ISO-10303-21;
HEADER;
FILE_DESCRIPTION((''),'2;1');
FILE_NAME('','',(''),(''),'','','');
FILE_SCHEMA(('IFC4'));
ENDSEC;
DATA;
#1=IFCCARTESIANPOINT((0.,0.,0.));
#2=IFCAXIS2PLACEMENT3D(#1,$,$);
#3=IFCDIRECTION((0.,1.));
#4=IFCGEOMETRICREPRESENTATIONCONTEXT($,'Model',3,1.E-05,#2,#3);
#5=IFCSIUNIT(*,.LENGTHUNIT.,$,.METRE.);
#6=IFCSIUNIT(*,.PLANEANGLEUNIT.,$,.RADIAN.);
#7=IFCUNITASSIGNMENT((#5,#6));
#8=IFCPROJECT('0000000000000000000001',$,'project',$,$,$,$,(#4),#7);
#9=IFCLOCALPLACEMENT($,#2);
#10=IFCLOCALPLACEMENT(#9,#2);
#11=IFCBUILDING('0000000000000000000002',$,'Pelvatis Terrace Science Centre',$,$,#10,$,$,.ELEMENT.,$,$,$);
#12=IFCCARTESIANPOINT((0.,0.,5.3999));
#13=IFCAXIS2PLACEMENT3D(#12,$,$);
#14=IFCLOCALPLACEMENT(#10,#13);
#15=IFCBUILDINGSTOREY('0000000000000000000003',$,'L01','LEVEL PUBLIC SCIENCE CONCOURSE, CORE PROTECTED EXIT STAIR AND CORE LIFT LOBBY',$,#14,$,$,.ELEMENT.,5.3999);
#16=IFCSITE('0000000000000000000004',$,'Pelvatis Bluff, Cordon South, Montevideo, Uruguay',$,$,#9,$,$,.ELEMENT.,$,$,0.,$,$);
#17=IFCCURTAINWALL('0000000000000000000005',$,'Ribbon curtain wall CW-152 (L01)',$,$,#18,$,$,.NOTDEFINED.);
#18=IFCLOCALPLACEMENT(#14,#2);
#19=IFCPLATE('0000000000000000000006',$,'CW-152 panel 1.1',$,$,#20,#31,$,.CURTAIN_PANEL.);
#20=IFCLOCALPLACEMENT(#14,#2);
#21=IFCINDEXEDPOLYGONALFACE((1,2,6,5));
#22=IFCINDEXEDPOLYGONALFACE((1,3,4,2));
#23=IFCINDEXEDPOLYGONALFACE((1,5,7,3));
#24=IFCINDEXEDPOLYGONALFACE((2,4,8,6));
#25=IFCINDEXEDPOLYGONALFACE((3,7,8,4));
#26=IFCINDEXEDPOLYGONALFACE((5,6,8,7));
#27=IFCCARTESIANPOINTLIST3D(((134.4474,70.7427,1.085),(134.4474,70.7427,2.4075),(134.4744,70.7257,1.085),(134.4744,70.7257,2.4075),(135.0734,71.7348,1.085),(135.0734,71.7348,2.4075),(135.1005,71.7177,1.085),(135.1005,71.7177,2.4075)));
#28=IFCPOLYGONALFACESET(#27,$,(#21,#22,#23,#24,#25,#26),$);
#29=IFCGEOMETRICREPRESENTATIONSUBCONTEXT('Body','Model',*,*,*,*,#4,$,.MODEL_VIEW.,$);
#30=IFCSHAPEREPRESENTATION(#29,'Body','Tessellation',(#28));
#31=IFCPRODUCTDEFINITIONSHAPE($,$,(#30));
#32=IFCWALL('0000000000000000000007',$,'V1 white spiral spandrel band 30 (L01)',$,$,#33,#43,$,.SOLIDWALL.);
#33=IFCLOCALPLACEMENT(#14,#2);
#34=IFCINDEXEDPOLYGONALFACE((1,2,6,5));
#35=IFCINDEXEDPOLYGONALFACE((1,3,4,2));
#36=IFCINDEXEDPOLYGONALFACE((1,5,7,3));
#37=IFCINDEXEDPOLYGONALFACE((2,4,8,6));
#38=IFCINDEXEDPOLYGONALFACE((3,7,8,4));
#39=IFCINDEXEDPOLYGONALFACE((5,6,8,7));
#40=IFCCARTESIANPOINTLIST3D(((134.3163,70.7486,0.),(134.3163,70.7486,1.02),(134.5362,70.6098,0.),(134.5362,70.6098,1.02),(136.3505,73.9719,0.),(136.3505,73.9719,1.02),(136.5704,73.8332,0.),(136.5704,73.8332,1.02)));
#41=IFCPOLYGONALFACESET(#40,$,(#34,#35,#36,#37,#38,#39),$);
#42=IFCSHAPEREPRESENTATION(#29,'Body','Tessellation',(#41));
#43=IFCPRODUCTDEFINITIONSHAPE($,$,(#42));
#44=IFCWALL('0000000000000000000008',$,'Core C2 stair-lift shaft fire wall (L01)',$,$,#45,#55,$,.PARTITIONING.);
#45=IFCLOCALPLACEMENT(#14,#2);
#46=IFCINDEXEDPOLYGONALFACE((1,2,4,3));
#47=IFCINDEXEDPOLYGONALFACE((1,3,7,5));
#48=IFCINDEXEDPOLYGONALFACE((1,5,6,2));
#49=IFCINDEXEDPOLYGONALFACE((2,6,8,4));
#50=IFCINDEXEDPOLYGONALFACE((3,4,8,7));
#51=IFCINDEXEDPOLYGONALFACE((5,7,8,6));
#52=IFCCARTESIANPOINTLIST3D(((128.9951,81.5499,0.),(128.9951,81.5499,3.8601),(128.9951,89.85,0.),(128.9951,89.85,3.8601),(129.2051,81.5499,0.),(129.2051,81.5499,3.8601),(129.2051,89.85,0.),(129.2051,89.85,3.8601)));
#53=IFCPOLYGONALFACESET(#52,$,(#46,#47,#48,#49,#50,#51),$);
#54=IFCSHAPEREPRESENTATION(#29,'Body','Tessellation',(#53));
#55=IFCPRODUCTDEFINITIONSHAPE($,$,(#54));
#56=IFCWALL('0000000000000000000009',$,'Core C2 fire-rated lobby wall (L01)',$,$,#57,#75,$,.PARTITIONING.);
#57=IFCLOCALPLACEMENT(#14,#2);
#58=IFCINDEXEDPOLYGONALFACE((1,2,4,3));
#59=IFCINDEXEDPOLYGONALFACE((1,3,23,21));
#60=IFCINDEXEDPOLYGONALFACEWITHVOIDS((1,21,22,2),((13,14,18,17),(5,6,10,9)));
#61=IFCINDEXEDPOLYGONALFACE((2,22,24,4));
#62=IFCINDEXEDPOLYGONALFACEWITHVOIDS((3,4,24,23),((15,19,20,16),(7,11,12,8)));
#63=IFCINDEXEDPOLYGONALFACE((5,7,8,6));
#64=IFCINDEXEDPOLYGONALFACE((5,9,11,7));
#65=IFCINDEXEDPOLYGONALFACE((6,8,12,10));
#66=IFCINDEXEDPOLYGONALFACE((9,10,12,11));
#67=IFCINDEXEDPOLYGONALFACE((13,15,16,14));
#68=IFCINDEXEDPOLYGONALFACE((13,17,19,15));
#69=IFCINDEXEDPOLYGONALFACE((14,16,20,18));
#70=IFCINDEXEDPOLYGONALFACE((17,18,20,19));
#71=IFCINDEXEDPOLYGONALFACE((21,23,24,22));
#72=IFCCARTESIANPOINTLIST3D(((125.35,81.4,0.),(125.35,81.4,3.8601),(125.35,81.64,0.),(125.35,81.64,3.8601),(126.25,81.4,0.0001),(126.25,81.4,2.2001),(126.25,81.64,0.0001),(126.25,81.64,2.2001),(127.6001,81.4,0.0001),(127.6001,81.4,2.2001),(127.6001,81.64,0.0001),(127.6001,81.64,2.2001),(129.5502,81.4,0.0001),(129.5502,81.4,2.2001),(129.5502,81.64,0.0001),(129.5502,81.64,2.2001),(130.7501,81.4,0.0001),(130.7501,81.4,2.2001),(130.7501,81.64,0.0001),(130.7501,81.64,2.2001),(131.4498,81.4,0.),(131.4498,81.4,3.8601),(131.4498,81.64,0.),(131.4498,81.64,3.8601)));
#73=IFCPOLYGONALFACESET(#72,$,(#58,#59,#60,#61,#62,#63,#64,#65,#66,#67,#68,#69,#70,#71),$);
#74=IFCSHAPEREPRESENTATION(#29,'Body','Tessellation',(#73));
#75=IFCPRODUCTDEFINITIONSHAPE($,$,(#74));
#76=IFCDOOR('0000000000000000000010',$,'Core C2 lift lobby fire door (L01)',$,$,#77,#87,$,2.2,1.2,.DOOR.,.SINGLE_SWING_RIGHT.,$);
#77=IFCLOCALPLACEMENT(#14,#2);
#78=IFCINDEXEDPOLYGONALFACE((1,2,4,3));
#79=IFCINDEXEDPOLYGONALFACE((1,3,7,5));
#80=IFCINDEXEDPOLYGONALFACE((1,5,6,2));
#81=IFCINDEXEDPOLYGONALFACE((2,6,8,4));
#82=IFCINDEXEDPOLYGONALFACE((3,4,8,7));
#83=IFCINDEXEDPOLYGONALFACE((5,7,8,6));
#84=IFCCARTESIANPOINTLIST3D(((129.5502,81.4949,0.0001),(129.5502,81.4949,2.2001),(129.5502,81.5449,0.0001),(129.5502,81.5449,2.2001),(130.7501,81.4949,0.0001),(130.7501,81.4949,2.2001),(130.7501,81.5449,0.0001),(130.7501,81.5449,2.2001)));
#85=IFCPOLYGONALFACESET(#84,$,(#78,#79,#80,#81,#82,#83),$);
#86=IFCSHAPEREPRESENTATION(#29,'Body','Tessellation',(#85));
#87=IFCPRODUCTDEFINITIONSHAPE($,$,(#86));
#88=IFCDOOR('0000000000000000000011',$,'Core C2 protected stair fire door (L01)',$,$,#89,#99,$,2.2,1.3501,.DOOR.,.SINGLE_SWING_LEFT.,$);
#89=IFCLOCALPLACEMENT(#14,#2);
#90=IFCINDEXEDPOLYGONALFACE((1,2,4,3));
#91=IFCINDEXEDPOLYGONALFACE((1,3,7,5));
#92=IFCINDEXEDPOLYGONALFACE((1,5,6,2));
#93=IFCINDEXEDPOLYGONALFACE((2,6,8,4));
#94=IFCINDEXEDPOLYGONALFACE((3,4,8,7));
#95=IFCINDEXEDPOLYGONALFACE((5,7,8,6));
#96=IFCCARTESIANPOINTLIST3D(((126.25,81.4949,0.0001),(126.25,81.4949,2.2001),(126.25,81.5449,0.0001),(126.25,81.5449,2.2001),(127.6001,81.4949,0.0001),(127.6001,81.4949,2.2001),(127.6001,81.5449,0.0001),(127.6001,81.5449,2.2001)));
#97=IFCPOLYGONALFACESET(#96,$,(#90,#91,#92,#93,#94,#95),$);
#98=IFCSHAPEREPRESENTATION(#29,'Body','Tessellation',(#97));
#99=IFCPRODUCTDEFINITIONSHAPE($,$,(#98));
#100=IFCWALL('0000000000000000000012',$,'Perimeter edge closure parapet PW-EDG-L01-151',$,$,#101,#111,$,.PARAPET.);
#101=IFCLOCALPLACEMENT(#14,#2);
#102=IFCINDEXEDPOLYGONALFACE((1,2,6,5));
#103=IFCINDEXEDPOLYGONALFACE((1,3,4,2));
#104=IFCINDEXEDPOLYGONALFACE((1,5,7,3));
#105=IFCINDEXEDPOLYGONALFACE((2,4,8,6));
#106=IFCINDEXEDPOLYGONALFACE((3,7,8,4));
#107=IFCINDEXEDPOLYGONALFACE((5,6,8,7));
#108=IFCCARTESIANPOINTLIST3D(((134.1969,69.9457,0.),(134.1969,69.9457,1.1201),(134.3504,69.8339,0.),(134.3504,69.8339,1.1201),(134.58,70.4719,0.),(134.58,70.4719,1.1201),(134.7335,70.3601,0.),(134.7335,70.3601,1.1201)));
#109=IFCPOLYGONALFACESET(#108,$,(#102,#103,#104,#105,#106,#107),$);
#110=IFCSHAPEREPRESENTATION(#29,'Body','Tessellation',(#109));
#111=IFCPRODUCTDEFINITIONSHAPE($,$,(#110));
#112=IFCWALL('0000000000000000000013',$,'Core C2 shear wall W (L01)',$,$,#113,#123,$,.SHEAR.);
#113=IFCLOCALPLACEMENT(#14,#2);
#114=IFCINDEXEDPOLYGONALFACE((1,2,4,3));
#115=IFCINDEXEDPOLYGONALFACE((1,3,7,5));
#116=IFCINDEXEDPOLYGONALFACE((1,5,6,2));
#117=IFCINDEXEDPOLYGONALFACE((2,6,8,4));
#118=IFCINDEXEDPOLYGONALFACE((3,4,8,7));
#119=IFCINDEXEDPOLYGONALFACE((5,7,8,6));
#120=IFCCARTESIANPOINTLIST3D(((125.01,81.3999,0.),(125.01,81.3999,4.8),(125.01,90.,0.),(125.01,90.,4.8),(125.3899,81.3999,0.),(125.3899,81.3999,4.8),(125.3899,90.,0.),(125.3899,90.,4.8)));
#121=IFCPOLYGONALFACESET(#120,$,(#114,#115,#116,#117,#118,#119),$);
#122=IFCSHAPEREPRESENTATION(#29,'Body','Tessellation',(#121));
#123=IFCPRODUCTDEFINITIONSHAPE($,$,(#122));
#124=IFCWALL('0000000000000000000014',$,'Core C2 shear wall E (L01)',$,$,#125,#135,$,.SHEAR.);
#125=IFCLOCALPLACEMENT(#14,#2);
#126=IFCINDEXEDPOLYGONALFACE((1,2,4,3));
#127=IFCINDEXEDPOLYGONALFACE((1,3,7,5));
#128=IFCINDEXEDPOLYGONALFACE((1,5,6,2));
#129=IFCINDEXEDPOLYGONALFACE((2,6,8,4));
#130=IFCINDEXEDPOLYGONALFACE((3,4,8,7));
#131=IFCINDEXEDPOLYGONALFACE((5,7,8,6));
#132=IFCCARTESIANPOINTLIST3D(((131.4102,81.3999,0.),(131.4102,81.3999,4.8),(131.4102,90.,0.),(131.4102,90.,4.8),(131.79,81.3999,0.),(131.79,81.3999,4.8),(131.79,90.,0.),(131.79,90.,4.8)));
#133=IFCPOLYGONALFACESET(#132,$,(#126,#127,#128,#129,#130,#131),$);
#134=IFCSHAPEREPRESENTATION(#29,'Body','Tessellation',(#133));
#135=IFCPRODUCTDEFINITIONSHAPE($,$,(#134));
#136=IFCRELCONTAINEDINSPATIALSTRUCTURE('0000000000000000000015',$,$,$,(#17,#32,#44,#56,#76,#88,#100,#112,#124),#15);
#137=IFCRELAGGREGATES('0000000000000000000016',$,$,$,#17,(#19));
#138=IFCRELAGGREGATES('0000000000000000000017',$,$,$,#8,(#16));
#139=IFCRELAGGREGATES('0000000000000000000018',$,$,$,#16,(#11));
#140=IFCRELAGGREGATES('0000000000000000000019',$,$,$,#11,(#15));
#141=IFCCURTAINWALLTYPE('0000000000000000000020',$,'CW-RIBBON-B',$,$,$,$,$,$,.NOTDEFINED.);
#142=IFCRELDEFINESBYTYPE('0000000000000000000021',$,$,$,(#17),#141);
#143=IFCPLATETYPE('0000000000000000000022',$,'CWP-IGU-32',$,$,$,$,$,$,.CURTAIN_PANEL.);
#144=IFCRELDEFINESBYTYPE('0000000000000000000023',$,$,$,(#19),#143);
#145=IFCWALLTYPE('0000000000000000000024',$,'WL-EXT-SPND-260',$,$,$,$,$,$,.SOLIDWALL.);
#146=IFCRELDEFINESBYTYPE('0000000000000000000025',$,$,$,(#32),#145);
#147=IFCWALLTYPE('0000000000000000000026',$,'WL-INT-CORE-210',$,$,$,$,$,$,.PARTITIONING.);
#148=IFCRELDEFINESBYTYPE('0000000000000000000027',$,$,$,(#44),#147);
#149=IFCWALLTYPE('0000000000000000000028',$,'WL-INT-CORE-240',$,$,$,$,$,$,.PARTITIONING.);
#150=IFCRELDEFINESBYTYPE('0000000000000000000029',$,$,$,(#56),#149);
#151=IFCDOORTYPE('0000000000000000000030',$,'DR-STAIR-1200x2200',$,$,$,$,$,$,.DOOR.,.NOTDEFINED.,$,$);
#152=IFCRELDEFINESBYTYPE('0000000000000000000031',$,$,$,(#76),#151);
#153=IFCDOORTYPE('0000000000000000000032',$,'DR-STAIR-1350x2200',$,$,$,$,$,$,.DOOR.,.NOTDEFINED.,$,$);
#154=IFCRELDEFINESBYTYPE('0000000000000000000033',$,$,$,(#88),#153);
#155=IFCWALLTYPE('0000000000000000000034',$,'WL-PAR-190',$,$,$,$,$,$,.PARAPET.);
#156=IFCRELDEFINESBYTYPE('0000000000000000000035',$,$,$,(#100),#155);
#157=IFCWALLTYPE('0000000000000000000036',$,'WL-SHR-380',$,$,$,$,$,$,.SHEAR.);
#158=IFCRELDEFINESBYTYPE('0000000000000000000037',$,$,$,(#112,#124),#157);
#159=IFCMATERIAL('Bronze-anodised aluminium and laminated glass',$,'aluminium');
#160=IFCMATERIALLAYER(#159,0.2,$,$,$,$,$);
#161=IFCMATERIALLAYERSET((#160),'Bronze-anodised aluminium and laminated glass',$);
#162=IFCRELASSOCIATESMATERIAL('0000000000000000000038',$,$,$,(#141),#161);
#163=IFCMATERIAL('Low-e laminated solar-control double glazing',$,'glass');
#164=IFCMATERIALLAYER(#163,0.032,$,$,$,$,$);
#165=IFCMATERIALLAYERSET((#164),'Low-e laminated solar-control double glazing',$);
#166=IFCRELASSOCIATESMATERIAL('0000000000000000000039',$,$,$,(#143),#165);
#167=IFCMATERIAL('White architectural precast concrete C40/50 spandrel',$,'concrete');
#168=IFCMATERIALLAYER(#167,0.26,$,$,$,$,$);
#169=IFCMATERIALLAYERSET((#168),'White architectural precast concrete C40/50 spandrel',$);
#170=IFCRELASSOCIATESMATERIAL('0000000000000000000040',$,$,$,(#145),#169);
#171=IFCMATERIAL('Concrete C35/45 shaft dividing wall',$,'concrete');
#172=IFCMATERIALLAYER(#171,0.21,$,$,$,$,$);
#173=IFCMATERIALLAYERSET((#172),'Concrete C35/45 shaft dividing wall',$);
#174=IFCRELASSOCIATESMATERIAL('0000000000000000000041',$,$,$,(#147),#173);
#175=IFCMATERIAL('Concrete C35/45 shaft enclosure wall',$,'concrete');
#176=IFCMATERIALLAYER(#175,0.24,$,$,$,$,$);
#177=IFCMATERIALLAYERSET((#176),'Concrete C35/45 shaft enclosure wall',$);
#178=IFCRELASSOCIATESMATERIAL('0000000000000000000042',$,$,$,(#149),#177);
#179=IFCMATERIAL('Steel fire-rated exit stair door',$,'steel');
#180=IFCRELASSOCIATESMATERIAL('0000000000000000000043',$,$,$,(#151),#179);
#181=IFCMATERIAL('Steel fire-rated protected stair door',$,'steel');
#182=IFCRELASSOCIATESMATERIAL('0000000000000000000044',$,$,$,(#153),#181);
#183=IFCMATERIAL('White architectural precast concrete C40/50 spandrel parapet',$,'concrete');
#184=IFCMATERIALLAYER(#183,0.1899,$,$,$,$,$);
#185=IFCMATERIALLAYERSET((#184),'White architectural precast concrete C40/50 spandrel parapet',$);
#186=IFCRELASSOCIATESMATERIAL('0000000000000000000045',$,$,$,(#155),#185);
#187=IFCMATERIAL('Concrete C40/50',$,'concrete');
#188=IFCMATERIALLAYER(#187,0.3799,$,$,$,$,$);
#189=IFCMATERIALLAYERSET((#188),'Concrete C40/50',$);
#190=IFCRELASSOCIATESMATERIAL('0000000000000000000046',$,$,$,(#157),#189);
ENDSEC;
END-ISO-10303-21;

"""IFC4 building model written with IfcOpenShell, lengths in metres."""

from ifc_helpers import new_model, si_unit, direction, frame, frame_2d, origin, origin_2d, place, context, subcontext, project, spatial, rectangle, extrude, material, layer, layer_set, type_object, element, fill, aggregate, save


model = new_model("IFC4")

# Units and contexts
model_context = context("Model", 3, precision=1e-05, world=origin(), true_north=direction((0.0, 1.0)))
body_context = subcontext(model_context, "Body", "Model", "MODEL_VIEW")
ifc_project = project(units=[si_unit("LENGTHUNIT", "METRE"), si_unit("PLANEANGLEUNIT", "RADIAN")], contexts=[model_context])

# Site, building, storey
site_placement = place(None, origin())
site = spatial("IfcSite", under=ifc_project, at=site_placement, Name="Pelvatis Bluff, Cordon South, Montevideo, Uruguay", CompositionType="ELEMENT", RefElevation=0.0)
building_placement = place(site_placement, origin())
building = spatial("IfcBuilding", under=site, at=building_placement, Name="Pelvatis Terrace Science Centre", CompositionType="ELEMENT")
storey_placement = place(building_placement, frame((0.0, 0.0, 5.3999)))
storey = spatial("IfcBuildingStorey", under=building, at=storey_placement, Name="L01", Description="LEVEL PUBLIC SCIENCE CONCOURSE, CORE PROTECTED EXIT STAIR AND CORE LIFT LOBBY", CompositionType="ELEMENT", Elevation=5.3999)

# Curtain wall
ifc_material_1 = material(Name="Bronze-anodised aluminium and laminated glass", Category="aluminium")
ifc_layer_1 = layer(ifc_material_1, 0.2)
ifc_layer_set_1 = layer_set([ifc_layer_1], Name="Bronze-anodised aluminium and laminated glass")
curtain_wall_type = type_object("IfcCurtainWallType", Name="CW-RIBBON-B", PredefinedType="NOTDEFINED", material=ifc_layer_set_1)
curtain_wall_placement = place(storey_placement, origin())
curtain_wall = element("IfcCurtainWall", 1, at=curtain_wall_placement, inside=storey, type_object=curtain_wall_type, Name="Ribbon curtain wall CW-152 (L01)", PredefinedType="NOTDEFINED")

# Plate
ifc_material_2 = material(Name="Low-e laminated solar-control double glazing", Category="glass")
ifc_layer_2 = layer(ifc_material_2, 0.032)
ifc_layer_set_2 = layer_set([ifc_layer_2], Name="Low-e laminated solar-control double glazing")
plate_type = type_object("IfcPlateType", Name="CWP-IGU-32", PredefinedType="CURTAIN_PANEL", material=ifc_layer_set_2)
plate_placement = place(storey_placement, frame((134.7739, 71.2302, 1.085), z_axis=(0.0, 0.0, 1.0), x_axis=(0.533706, 0.84567, 0.0)))
plate = element("IfcPlate", 2, at=plate_placement, type_object=plate_type, Name="CW-152 panel 1.1", PredefinedType="CURTAIN_PANEL", context=body_context, shape_type="SweptSolid", body=[
    extrude(rectangle(XDim=1.1731, YDim=0.032, at=origin_2d()), origin(), (0.0, 0.0, 1.0), 1.3225),
])
aggregate(curtain_wall, [plate])

# Walls
ifc_material_3 = material(Name="White architectural precast concrete C40/50 spandrel", Category="concrete")
ifc_layer_3 = layer(ifc_material_3, 0.26)
ifc_layer_set_3 = layer_set([ifc_layer_3], Name="White architectural precast concrete C40/50 spandrel")
wall_type_1 = type_object("IfcWallType", Name="WL-EXT-SPND-260", PredefinedType="SOLIDWALL", material=ifc_layer_set_3)
wall_1_placement = place(storey_placement, frame((134.4263, 70.6792, 0.0), z_axis=(0.0, 0.0, 1.0), x_axis=(0.533684, 0.845684, 0.0)))
element("IfcWall", 3, at=wall_1_placement, inside=storey, type_object=wall_type_1, Name="V1 white spiral spandrel band 30 (L01)", PredefinedType="SOLIDWALL", context=body_context, shape_type="SweptSolid", body=[
    extrude(rectangle(XDim=3.8115, YDim=0.26, at=frame_2d((1.9058, 0.0))), origin(), (0.0, 0.0, 1.0), 1.02),
])
ifc_material_4 = material(Name="Concrete C35/45 shaft dividing wall", Category="concrete")
ifc_layer_4 = layer(ifc_material_4, 0.21)
ifc_layer_set_4 = layer_set([ifc_layer_4], Name="Concrete C35/45 shaft dividing wall")
wall_type_2 = type_object("IfcWallType", Name="WL-INT-CORE-210", PredefinedType="PARTITIONING", material=ifc_layer_set_4)
wall_2_placement = place(storey_placement, frame((129.1001, 81.55, 0.0), z_axis=(0.0, 0.0, 1.0), x_axis=(0.0, 1.0, 0.0)))
element("IfcWall", 4, at=wall_2_placement, inside=storey, type_object=wall_type_2, Name="Core C2 stair-lift shaft fire wall (L01)", PredefinedType="PARTITIONING", context=body_context, shape_type="SweptSolid", body=[
    extrude(rectangle(XDim=8.3, YDim=0.21, at=frame_2d((4.1499, 0.0))), origin(), (0.0, 0.0, 1.0), 3.8601),
])

# Wall, openings, doors
ifc_material_5 = material(Name="Concrete C35/45 shaft enclosure wall", Category="concrete")
ifc_layer_5 = layer(ifc_material_5, 0.24)
ifc_layer_set_5 = layer_set([ifc_layer_5], Name="Concrete C35/45 shaft enclosure wall")
wall_type_3 = type_object("IfcWallType", Name="WL-INT-CORE-240", PredefinedType="PARTITIONING", material=ifc_layer_set_5)
wall_3_placement = place(storey_placement, frame((125.3501, 81.52, 0.0), z_axis=(0.0, 0.0, 1.0), x_axis=(1.0, 0.0, 0.0)))
wall_3 = element("IfcWall", 5, at=wall_3_placement, inside=storey, type_object=wall_type_3, Name="Core C2 fire-rated lobby wall (L01)", PredefinedType="PARTITIONING", context=body_context, shape_type="SweptSolid", body=[
    extrude(rectangle(XDim=6.0999, YDim=0.24, at=frame_2d((3.0498, 0.0))), origin(), (0.0, 0.0, 1.0), 3.8601),
])
opening_1_placement = place(wall_3_placement, frame((0.8999, 0.0, 0.0)))
opening_1 = element("IfcOpeningElement", 6, at=opening_1_placement, cuts=wall_3, PredefinedType="OPENING", context=body_context, shape_type="SweptSolid", body=[
    extrude(rectangle(XDim=1.3501, YDim=2.2, at=frame_2d((0.675, 1.1001))), frame((0.0, 0.1299, 0.0), z_axis=(0.0, -1.0, 0.0), x_axis=(1.0, 0.0, 0.0)), (0.0, 0.0, 1.0), 0.26),
])
opening_2_placement = place(wall_3_placement, frame((4.2, 0.0, 0.0)))
opening_2 = element("IfcOpeningElement", 7, at=opening_2_placement, cuts=wall_3, PredefinedType="OPENING", context=body_context, shape_type="SweptSolid", body=[
    extrude(rectangle(XDim=1.2, YDim=2.2, at=frame_2d((0.6001, 1.1001))), frame((0.0, 0.1299, 0.0), z_axis=(0.0, -1.0, 0.0), x_axis=(1.0, 0.0, 0.0)), (0.0, 0.0, 1.0), 0.26),
])
ifc_material_6 = material(Name="Steel fire-rated exit stair door", Category="steel")
door_type_1 = type_object("IfcDoorType", Name="DR-STAIR-1200x2200", OperationType="NOTDEFINED", PredefinedType="DOOR", material=ifc_material_6)
door_1_placement = place(opening_2_placement, origin())
door_1 = element("IfcDoor", 8, at=door_1_placement, inside=storey, type_object=door_type_1, Name="Core C2 lift lobby fire door (L01)", OperationType="SINGLE_SWING_RIGHT", OverallHeight=2.2, OverallWidth=1.2, PredefinedType="DOOR", context=body_context, shape_type="SweptSolid", body=[
    extrude(rectangle(XDim=1.2, YDim=2.2, at=frame_2d((0.6001, 1.1001))), frame((0.0, 0.0249, 0.0), z_axis=(0.0, -1.0, 0.0), x_axis=(1.0, 0.0, 0.0)), (0.0, 0.0, 1.0), 0.05),
])
fill(opening_2, door_1)
ifc_material_7 = material(Name="Steel fire-rated protected stair door", Category="steel")
door_type_2 = type_object("IfcDoorType", Name="DR-STAIR-1350x2200", OperationType="NOTDEFINED", PredefinedType="DOOR", material=ifc_material_7)
door_2_placement = place(opening_1_placement, origin())
door_2 = element("IfcDoor", 9, at=door_2_placement, inside=storey, type_object=door_type_2, Name="Core C2 protected stair fire door (L01)", OperationType="SINGLE_SWING_LEFT", OverallHeight=2.2, OverallWidth=1.3501, PredefinedType="DOOR", context=body_context, shape_type="SweptSolid", body=[
    extrude(rectangle(XDim=1.3501, YDim=2.2, at=frame_2d((0.675, 1.1001))), frame((0.0, 0.0249, 0.0), z_axis=(0.0, -1.0, 0.0), x_axis=(1.0, 0.0, 0.0)), (0.0, 0.0, 1.0), 0.05),
])
fill(opening_1, door_2)

# Walls
ifc_material_8 = material(Name="White architectural precast concrete C40/50 spandrel parapet", Category="concrete")
ifc_layer_6 = layer(ifc_material_8, 0.1899)
ifc_layer_set_6 = layer_set([ifc_layer_6], Name="White architectural precast concrete C40/50 spandrel parapet")
wall_type_4 = type_object("IfcWallType", Name="WL-PAR-190", PredefinedType="PARAPET", material=ifc_layer_set_6)
wall_4_placement = place(storey_placement, frame((134.6567, 70.416, 0.0), z_axis=(0.0, 0.0, 1.0), x_axis=(-0.588595, -0.808428, 0.0)))
element("IfcWall", 10, at=wall_4_placement, inside=storey, type_object=wall_type_4, Name="Perimeter edge closure parapet PW-EDG-L01-151", PredefinedType="PARAPET", context=body_context, shape_type="SweptSolid", body=[
    extrude(rectangle(XDim=0.6509, YDim=0.1899, at=frame_2d((0.3254, 0.0))), origin(), (0.0, 0.0, 1.0), 1.1201),
])
ifc_material_9 = material(Name="Concrete C40/50", Category="concrete")
ifc_layer_7 = layer(ifc_material_9, 0.3799)
ifc_layer_set_7 = layer_set([ifc_layer_7], Name="Concrete C40/50")
wall_type_5 = type_object("IfcWallType", Name="WL-SHR-380", PredefinedType="SHEAR", material=ifc_layer_set_7)
for number, where, z_axis, x_axis, name in (
    (11, (125.2, 81.3999, 0.0), (0.0, 0.0, 1.0), (0.0, 1.0, 0.0), "Core C2 shear wall W (L01)"),
    (12, (131.6001, 81.3999, 0.0), (0.0, 0.0, 1.0), (0.0, 1.0, 0.0), "Core C2 shear wall E (L01)"),
):
    element("IfcWall", number, at=place(storey_placement, frame(where, z_axis=z_axis, x_axis=x_axis)), inside=storey, type_object=wall_type_5, Name=name, PredefinedType="SHEAR", context=body_context, shape_type="SweptSolid", body=[
        extrude(rectangle(XDim=8.6001, YDim=0.3799, at=frame_2d((4.3, 0.0))), origin(), (0.0, 0.0, 1.0), 4.8),
    ])

save(model, "model.ifc")
